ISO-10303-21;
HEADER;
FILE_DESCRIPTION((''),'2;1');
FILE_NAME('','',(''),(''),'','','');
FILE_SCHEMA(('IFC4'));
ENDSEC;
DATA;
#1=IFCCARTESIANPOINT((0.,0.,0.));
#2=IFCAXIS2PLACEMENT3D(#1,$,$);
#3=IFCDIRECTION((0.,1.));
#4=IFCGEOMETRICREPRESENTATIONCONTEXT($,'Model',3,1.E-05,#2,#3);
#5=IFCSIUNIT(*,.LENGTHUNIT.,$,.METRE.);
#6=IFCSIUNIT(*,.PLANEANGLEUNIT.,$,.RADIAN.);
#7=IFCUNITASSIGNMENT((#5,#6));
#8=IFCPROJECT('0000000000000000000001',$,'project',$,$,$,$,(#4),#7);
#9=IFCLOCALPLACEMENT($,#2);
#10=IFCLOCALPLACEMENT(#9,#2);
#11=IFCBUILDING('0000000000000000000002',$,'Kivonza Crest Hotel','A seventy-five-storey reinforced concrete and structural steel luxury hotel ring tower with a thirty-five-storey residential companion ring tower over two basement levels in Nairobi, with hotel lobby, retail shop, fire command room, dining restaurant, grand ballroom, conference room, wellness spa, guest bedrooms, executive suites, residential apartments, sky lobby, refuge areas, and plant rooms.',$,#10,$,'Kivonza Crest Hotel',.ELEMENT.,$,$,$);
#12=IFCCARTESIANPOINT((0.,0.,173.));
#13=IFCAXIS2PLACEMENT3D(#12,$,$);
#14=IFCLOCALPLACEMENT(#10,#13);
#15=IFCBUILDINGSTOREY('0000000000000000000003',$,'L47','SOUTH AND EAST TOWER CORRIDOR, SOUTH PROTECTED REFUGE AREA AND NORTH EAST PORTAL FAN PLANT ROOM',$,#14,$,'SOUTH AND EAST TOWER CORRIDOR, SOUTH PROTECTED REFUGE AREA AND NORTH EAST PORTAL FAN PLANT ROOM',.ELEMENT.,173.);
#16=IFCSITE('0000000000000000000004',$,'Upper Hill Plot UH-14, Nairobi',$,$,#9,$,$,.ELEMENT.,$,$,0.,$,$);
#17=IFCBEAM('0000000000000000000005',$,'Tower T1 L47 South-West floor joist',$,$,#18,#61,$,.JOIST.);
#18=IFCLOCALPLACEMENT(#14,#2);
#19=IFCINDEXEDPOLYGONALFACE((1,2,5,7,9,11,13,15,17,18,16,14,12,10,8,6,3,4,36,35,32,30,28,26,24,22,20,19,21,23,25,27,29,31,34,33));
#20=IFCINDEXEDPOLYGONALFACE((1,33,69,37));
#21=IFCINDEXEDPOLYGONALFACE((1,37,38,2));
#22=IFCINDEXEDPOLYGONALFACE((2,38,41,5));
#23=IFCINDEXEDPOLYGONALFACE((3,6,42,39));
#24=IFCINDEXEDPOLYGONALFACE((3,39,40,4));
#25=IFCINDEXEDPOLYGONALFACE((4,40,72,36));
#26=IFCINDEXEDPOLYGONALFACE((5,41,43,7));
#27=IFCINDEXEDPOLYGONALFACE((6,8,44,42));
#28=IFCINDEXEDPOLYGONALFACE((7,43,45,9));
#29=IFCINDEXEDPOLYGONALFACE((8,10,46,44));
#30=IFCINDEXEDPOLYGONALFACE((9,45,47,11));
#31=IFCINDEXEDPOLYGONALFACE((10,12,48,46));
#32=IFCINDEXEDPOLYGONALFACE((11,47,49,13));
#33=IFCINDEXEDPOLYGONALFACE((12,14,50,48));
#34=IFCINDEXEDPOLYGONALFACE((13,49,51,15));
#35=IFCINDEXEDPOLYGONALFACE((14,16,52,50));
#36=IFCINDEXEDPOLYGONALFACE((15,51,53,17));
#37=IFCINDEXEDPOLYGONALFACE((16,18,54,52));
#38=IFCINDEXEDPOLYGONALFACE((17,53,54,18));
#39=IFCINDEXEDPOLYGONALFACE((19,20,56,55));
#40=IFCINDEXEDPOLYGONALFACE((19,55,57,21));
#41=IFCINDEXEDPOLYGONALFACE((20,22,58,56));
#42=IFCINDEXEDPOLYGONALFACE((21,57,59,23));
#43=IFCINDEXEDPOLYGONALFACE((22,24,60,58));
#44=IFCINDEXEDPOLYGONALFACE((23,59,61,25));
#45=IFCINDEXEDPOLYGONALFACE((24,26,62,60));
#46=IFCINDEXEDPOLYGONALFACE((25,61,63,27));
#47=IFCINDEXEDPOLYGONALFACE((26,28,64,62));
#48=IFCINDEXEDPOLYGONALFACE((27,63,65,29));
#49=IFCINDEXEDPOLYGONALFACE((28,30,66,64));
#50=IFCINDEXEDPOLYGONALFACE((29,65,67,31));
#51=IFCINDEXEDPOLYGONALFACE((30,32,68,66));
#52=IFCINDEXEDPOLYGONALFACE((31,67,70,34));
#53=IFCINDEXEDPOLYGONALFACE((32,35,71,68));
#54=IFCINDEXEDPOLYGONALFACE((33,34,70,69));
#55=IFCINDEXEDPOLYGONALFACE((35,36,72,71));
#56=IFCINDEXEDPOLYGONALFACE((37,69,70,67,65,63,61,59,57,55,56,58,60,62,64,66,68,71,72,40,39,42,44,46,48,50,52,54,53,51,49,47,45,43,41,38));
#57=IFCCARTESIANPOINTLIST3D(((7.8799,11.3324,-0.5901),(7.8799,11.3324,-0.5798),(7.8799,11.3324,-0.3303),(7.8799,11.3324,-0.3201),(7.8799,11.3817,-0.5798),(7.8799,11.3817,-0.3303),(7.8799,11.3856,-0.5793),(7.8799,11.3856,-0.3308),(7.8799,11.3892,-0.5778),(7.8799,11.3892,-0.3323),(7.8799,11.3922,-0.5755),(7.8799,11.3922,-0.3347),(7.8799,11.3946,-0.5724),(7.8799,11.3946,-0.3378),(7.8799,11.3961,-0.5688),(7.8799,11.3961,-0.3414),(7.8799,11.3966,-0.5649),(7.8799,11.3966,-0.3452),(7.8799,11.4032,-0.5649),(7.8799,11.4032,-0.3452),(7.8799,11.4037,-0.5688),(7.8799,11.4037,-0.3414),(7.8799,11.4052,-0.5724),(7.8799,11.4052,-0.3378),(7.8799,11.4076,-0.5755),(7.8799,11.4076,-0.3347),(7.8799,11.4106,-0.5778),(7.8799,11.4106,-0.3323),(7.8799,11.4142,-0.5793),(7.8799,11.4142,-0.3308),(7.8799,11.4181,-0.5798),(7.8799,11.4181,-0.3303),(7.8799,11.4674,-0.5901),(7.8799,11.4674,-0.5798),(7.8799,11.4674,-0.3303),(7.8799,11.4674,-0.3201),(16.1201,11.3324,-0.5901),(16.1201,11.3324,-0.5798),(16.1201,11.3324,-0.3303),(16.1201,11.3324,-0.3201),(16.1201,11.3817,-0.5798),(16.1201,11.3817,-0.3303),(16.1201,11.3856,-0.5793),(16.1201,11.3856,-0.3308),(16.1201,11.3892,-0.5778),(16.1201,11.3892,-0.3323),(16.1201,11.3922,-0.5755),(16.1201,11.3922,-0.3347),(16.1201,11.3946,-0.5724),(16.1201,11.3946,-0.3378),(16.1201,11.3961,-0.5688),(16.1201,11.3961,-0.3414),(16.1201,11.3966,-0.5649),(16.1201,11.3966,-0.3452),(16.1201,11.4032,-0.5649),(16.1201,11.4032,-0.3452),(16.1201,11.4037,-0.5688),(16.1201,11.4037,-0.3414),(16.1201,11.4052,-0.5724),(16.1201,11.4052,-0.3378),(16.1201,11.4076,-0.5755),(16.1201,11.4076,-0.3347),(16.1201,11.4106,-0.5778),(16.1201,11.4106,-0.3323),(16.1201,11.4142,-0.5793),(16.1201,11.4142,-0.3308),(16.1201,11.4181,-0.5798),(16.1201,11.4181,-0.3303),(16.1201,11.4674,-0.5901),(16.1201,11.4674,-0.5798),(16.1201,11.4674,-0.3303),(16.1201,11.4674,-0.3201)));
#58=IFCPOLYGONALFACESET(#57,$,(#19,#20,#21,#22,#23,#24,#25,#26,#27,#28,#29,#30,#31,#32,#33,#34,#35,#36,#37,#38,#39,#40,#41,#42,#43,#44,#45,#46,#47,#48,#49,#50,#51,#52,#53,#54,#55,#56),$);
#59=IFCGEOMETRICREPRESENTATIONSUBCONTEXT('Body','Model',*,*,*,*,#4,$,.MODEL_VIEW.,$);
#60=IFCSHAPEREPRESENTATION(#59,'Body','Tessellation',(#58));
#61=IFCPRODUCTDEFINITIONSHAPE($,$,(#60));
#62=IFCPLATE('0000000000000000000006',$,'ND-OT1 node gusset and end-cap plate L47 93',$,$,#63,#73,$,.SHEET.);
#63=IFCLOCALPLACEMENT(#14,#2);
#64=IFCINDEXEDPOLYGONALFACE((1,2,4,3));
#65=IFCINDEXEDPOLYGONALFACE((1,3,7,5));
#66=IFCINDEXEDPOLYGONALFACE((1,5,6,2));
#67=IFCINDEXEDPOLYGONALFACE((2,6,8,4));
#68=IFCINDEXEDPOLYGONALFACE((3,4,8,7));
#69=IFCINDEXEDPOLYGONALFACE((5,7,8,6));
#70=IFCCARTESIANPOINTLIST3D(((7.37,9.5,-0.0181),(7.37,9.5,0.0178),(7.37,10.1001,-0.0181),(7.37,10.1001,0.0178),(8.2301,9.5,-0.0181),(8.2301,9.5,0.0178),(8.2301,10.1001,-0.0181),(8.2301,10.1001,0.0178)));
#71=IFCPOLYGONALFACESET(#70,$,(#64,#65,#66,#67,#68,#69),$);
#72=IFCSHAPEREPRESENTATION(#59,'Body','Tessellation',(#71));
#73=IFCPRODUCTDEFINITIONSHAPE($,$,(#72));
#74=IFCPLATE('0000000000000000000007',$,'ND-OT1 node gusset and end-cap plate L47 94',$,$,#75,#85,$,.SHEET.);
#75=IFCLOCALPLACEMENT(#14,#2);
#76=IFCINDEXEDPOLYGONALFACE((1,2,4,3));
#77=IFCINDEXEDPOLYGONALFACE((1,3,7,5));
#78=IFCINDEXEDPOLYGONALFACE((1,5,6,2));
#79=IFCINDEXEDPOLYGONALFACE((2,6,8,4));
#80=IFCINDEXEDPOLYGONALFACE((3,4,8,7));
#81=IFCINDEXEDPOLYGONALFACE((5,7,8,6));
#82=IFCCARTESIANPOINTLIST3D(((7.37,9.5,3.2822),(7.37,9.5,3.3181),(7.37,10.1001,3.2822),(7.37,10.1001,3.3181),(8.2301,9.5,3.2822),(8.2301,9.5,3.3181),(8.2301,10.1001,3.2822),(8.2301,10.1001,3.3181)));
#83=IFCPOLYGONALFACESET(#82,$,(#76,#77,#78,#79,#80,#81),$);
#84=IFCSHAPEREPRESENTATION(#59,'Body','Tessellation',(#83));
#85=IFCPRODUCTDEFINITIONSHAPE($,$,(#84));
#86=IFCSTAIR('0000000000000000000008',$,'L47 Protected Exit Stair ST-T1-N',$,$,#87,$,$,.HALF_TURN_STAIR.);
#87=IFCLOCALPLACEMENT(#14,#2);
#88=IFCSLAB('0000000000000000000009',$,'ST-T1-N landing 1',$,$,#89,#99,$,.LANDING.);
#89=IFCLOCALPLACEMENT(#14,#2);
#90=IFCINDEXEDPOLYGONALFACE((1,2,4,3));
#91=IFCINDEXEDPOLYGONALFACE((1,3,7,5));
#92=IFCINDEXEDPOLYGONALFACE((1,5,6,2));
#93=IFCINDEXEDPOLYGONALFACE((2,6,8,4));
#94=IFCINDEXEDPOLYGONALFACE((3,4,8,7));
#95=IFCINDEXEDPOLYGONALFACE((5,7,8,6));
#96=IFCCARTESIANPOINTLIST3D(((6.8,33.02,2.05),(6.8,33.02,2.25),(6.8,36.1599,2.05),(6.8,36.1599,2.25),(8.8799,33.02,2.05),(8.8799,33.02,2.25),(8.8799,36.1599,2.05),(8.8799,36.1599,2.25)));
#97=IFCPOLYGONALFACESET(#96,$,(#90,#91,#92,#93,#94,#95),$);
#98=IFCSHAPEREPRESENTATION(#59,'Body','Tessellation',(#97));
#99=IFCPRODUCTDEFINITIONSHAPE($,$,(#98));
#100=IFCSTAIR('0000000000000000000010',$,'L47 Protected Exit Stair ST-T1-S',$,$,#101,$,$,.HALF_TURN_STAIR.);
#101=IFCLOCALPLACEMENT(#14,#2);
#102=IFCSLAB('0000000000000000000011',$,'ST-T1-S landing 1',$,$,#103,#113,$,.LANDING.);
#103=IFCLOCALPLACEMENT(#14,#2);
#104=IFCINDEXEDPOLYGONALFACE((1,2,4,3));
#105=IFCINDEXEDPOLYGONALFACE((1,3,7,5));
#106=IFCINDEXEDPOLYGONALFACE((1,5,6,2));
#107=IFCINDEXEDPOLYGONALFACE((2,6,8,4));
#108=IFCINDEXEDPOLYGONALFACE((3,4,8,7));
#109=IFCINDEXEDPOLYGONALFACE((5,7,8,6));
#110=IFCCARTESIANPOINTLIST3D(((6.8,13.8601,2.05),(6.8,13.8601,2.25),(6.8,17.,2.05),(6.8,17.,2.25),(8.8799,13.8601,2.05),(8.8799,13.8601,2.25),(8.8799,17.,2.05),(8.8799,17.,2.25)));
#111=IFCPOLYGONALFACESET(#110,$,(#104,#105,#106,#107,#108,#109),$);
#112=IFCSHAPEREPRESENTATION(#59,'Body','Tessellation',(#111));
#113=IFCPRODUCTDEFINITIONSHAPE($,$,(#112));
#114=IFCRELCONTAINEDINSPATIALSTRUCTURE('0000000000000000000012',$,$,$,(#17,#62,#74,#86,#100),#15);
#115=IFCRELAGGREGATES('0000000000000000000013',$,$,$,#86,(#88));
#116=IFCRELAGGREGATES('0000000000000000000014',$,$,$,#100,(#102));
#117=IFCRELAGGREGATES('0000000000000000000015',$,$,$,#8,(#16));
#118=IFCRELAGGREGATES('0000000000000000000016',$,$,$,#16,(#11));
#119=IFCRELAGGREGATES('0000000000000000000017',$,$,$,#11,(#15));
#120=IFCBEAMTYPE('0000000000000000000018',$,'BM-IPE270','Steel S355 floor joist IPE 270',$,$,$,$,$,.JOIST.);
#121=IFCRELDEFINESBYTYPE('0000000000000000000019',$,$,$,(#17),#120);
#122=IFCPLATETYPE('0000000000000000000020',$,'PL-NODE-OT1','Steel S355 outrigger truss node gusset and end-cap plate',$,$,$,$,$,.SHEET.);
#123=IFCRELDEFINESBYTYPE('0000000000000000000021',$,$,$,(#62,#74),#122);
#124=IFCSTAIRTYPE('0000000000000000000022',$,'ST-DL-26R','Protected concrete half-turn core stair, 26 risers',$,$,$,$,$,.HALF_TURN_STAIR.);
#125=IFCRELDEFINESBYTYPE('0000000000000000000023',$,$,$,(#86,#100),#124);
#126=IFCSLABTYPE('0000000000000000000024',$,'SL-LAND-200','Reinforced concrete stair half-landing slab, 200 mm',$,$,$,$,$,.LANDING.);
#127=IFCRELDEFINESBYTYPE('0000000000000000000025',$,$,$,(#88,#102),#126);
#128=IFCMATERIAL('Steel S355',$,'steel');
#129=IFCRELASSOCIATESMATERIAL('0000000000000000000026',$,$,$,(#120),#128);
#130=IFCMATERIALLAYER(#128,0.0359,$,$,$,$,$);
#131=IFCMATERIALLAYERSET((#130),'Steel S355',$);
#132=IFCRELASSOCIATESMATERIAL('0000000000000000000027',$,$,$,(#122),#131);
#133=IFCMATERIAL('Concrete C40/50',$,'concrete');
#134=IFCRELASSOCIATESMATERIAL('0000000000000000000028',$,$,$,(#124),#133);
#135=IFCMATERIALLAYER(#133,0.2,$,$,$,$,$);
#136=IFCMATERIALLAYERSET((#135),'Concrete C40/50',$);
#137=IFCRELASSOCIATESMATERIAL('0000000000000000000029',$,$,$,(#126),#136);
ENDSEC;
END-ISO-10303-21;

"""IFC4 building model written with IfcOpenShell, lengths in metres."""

from ifc_helpers import new_model, si_unit, direction, frame, origin, origin_2d, place, context, subcontext, project, spatial, polyline, rectangle, i_section, outline, extrude, material, layer, layer_set, material_profile, profile_set, type_object, element, aggregate, save


model = new_model("IFC4")

# Units and contexts
model_context = context("Model", 3, precision=1e-05, world=origin(), true_north=direction((0.0, 1.0)))
body_context = subcontext(model_context, "Body", "Model", "MODEL_VIEW")
ifc_project = project(units=[si_unit("LENGTHUNIT", "METRE"), si_unit("PLANEANGLEUNIT", "RADIAN")], contexts=[model_context])

# Site, building, storey
site_placement = place(None, origin())
site = spatial("IfcSite", under=ifc_project, at=site_placement, Name="Upper Hill Plot UH-14, Nairobi", CompositionType="ELEMENT", RefElevation=0.0)
building_placement = place(site_placement, origin())
building = spatial("IfcBuilding", under=site, at=building_placement, Name="Kivonza Crest Hotel", Description="A seventy-five-storey reinforced concrete and structural steel luxury hotel ring tower with a thirty-five-storey residential companion ring tower over two basement levels in Nairobi, with hotel lobby, retail shop, fire command room, dining restaurant, grand ballroom, conference room, wellness spa, guest bedrooms, executive suites, residential apartments, sky lobby, refuge areas, and plant rooms.", LongName="Kivonza Crest Hotel", CompositionType="ELEMENT")
storey_placement = place(building_placement, frame((0.0, 0.0, 173.0)))
storey = spatial("IfcBuildingStorey", under=building, at=storey_placement, Name="L47", Description="SOUTH AND EAST TOWER CORRIDOR, SOUTH PROTECTED REFUGE AREA AND NORTH EAST PORTAL FAN PLANT ROOM", LongName="SOUTH AND EAST TOWER CORRIDOR, SOUTH PROTECTED REFUGE AREA AND NORTH EAST PORTAL FAN PLANT ROOM", CompositionType="ELEMENT", Elevation=173.0)

# Shared definitions
ifc_material_1 = material(Name="Steel S355", Category="steel")

# Beam
ifc_material_profile_1 = material_profile(ifc_material_1, i_section(OverallWidth=0.135, OverallDepth=0.27, WebThickness=0.0066, FlangeThickness=0.0103, FilletRadius=0.0149, at=origin_2d()), Name="IPE 270")
ifc_profile_set_1 = profile_set([ifc_material_profile_1], Name="Steel S355")
beam_type_1 = type_object("IfcBeamType", Name="BM-IPE270", Description="Steel S355 floor joist IPE 270", PredefinedType="JOIST", material=ifc_profile_set_1)
beam_1_placement = place(storey_placement, frame((7.8799, 11.3999, -0.4551), z_axis=(1.0, 0.0, 0.0), x_axis=(0.0, 1.0, 0.0)))
element("IfcBeam", 1, at=beam_1_placement, inside=storey, type_object=beam_type_1, Name="Tower T1 L47 South-West floor joist", PredefinedType="JOIST", context=body_context, shape_type="SweptSolid", body=[
    extrude(i_section(OverallWidth=0.135, OverallDepth=0.27, WebThickness=0.0066, FlangeThickness=0.0103, FilletRadius=0.0149, at=origin_2d()), origin(), (0.0, 0.0, 1.0), 8.2402),
])

# Plates
ifc_layer_1 = layer(ifc_material_1, 0.0359)
ifc_layer_set_1 = layer_set([ifc_layer_1], Name="Steel S355")
plate_type = type_object("IfcPlateType", Name="PL-NODE-OT1", Description="Steel S355 outrigger truss node gusset and end-cap plate", PredefinedType="SHEET", material=ifc_layer_set_1)
for number, where, z_axis, x_axis, name in (
    (2, (7.8, 9.8, -0.0181), (0.0, 0.0, 1.0), (1.0, 0.0, 0.0), "ND-OT1 node gusset and end-cap plate L47 93"),
    (3, (7.8, 9.8, 3.2822), (0.0, 0.0, 1.0), (1.0, 0.0, 0.0), "ND-OT1 node gusset and end-cap plate L47 94"),
):
    element("IfcPlate", number, at=place(storey_placement, frame(where, z_axis=z_axis, x_axis=x_axis)), inside=storey, type_object=plate_type, Name=name, PredefinedType="SHEET", context=body_context, shape_type="SweptSolid", body=[
        extrude(rectangle(XDim=0.8601, YDim=0.6001, at=origin_2d()), origin(), (0.0, 0.0, 1.0), 0.0359),
    ])

# Stairs, slabs
ifc_material_2 = material(Name="Concrete C40/50", Category="concrete")
stair_type = type_object("IfcStairType", Name="ST-DL-26R", Description="Protected concrete half-turn core stair, 26 risers", PredefinedType="HALF_TURN_STAIR", material=ifc_material_2)
stair_1_placement = place(storey_placement, origin())
stair_1 = element("IfcStair", 4, at=stair_1_placement, inside=storey, type_object=stair_type, Name="L47 Protected Exit Stair ST-T1-N", PredefinedType="HALF_TURN_STAIR")
ifc_layer_2 = layer(ifc_material_2, 0.2)
ifc_layer_set_2 = layer_set([ifc_layer_2], Name="Concrete C40/50")
slab_type_1 = type_object("IfcSlabType", Name="SL-LAND-200", Description="Reinforced concrete stair half-landing slab, 200 mm", PredefinedType="LANDING", material=ifc_layer_set_2)
slab_1_placement = place(storey_placement, frame((0.0, 0.0, 2.05)))
slab_1 = element("IfcSlab", 5, at=slab_1_placement, type_object=slab_type_1, Name="ST-T1-N landing 1", PredefinedType="LANDING", context=body_context, shape_type="SweptSolid", body=[
    extrude(outline(polyline([(8.8799, 36.1599), (6.8, 36.1599), (6.8, 33.02), (8.8799, 33.02), (8.8799, 36.1599)])), origin(), (0.0, 0.0, 1.0), 0.2),
])
aggregate(stair_1, [slab_1])
stair_2_placement = place(storey_placement, origin())
stair_2 = element("IfcStair", 6, at=stair_2_placement, inside=storey, type_object=stair_type, Name="L47 Protected Exit Stair ST-T1-S", PredefinedType="HALF_TURN_STAIR")
slab_2_placement = place(storey_placement, frame((0.0, 0.0, 2.05)))
slab_2 = element("IfcSlab", 7, at=slab_2_placement, type_object=slab_type_1, Name="ST-T1-S landing 1", PredefinedType="LANDING", context=body_context, shape_type="SweptSolid", body=[
    extrude(outline(polyline([(8.8799, 17.0), (6.8, 17.0), (6.8, 13.8601), (8.8799, 13.8601), (8.8799, 17.0)])), origin(), (0.0, 0.0, 1.0), 0.2),
])
aggregate(stair_2, [slab_2])

save(model, "model.ifc")
